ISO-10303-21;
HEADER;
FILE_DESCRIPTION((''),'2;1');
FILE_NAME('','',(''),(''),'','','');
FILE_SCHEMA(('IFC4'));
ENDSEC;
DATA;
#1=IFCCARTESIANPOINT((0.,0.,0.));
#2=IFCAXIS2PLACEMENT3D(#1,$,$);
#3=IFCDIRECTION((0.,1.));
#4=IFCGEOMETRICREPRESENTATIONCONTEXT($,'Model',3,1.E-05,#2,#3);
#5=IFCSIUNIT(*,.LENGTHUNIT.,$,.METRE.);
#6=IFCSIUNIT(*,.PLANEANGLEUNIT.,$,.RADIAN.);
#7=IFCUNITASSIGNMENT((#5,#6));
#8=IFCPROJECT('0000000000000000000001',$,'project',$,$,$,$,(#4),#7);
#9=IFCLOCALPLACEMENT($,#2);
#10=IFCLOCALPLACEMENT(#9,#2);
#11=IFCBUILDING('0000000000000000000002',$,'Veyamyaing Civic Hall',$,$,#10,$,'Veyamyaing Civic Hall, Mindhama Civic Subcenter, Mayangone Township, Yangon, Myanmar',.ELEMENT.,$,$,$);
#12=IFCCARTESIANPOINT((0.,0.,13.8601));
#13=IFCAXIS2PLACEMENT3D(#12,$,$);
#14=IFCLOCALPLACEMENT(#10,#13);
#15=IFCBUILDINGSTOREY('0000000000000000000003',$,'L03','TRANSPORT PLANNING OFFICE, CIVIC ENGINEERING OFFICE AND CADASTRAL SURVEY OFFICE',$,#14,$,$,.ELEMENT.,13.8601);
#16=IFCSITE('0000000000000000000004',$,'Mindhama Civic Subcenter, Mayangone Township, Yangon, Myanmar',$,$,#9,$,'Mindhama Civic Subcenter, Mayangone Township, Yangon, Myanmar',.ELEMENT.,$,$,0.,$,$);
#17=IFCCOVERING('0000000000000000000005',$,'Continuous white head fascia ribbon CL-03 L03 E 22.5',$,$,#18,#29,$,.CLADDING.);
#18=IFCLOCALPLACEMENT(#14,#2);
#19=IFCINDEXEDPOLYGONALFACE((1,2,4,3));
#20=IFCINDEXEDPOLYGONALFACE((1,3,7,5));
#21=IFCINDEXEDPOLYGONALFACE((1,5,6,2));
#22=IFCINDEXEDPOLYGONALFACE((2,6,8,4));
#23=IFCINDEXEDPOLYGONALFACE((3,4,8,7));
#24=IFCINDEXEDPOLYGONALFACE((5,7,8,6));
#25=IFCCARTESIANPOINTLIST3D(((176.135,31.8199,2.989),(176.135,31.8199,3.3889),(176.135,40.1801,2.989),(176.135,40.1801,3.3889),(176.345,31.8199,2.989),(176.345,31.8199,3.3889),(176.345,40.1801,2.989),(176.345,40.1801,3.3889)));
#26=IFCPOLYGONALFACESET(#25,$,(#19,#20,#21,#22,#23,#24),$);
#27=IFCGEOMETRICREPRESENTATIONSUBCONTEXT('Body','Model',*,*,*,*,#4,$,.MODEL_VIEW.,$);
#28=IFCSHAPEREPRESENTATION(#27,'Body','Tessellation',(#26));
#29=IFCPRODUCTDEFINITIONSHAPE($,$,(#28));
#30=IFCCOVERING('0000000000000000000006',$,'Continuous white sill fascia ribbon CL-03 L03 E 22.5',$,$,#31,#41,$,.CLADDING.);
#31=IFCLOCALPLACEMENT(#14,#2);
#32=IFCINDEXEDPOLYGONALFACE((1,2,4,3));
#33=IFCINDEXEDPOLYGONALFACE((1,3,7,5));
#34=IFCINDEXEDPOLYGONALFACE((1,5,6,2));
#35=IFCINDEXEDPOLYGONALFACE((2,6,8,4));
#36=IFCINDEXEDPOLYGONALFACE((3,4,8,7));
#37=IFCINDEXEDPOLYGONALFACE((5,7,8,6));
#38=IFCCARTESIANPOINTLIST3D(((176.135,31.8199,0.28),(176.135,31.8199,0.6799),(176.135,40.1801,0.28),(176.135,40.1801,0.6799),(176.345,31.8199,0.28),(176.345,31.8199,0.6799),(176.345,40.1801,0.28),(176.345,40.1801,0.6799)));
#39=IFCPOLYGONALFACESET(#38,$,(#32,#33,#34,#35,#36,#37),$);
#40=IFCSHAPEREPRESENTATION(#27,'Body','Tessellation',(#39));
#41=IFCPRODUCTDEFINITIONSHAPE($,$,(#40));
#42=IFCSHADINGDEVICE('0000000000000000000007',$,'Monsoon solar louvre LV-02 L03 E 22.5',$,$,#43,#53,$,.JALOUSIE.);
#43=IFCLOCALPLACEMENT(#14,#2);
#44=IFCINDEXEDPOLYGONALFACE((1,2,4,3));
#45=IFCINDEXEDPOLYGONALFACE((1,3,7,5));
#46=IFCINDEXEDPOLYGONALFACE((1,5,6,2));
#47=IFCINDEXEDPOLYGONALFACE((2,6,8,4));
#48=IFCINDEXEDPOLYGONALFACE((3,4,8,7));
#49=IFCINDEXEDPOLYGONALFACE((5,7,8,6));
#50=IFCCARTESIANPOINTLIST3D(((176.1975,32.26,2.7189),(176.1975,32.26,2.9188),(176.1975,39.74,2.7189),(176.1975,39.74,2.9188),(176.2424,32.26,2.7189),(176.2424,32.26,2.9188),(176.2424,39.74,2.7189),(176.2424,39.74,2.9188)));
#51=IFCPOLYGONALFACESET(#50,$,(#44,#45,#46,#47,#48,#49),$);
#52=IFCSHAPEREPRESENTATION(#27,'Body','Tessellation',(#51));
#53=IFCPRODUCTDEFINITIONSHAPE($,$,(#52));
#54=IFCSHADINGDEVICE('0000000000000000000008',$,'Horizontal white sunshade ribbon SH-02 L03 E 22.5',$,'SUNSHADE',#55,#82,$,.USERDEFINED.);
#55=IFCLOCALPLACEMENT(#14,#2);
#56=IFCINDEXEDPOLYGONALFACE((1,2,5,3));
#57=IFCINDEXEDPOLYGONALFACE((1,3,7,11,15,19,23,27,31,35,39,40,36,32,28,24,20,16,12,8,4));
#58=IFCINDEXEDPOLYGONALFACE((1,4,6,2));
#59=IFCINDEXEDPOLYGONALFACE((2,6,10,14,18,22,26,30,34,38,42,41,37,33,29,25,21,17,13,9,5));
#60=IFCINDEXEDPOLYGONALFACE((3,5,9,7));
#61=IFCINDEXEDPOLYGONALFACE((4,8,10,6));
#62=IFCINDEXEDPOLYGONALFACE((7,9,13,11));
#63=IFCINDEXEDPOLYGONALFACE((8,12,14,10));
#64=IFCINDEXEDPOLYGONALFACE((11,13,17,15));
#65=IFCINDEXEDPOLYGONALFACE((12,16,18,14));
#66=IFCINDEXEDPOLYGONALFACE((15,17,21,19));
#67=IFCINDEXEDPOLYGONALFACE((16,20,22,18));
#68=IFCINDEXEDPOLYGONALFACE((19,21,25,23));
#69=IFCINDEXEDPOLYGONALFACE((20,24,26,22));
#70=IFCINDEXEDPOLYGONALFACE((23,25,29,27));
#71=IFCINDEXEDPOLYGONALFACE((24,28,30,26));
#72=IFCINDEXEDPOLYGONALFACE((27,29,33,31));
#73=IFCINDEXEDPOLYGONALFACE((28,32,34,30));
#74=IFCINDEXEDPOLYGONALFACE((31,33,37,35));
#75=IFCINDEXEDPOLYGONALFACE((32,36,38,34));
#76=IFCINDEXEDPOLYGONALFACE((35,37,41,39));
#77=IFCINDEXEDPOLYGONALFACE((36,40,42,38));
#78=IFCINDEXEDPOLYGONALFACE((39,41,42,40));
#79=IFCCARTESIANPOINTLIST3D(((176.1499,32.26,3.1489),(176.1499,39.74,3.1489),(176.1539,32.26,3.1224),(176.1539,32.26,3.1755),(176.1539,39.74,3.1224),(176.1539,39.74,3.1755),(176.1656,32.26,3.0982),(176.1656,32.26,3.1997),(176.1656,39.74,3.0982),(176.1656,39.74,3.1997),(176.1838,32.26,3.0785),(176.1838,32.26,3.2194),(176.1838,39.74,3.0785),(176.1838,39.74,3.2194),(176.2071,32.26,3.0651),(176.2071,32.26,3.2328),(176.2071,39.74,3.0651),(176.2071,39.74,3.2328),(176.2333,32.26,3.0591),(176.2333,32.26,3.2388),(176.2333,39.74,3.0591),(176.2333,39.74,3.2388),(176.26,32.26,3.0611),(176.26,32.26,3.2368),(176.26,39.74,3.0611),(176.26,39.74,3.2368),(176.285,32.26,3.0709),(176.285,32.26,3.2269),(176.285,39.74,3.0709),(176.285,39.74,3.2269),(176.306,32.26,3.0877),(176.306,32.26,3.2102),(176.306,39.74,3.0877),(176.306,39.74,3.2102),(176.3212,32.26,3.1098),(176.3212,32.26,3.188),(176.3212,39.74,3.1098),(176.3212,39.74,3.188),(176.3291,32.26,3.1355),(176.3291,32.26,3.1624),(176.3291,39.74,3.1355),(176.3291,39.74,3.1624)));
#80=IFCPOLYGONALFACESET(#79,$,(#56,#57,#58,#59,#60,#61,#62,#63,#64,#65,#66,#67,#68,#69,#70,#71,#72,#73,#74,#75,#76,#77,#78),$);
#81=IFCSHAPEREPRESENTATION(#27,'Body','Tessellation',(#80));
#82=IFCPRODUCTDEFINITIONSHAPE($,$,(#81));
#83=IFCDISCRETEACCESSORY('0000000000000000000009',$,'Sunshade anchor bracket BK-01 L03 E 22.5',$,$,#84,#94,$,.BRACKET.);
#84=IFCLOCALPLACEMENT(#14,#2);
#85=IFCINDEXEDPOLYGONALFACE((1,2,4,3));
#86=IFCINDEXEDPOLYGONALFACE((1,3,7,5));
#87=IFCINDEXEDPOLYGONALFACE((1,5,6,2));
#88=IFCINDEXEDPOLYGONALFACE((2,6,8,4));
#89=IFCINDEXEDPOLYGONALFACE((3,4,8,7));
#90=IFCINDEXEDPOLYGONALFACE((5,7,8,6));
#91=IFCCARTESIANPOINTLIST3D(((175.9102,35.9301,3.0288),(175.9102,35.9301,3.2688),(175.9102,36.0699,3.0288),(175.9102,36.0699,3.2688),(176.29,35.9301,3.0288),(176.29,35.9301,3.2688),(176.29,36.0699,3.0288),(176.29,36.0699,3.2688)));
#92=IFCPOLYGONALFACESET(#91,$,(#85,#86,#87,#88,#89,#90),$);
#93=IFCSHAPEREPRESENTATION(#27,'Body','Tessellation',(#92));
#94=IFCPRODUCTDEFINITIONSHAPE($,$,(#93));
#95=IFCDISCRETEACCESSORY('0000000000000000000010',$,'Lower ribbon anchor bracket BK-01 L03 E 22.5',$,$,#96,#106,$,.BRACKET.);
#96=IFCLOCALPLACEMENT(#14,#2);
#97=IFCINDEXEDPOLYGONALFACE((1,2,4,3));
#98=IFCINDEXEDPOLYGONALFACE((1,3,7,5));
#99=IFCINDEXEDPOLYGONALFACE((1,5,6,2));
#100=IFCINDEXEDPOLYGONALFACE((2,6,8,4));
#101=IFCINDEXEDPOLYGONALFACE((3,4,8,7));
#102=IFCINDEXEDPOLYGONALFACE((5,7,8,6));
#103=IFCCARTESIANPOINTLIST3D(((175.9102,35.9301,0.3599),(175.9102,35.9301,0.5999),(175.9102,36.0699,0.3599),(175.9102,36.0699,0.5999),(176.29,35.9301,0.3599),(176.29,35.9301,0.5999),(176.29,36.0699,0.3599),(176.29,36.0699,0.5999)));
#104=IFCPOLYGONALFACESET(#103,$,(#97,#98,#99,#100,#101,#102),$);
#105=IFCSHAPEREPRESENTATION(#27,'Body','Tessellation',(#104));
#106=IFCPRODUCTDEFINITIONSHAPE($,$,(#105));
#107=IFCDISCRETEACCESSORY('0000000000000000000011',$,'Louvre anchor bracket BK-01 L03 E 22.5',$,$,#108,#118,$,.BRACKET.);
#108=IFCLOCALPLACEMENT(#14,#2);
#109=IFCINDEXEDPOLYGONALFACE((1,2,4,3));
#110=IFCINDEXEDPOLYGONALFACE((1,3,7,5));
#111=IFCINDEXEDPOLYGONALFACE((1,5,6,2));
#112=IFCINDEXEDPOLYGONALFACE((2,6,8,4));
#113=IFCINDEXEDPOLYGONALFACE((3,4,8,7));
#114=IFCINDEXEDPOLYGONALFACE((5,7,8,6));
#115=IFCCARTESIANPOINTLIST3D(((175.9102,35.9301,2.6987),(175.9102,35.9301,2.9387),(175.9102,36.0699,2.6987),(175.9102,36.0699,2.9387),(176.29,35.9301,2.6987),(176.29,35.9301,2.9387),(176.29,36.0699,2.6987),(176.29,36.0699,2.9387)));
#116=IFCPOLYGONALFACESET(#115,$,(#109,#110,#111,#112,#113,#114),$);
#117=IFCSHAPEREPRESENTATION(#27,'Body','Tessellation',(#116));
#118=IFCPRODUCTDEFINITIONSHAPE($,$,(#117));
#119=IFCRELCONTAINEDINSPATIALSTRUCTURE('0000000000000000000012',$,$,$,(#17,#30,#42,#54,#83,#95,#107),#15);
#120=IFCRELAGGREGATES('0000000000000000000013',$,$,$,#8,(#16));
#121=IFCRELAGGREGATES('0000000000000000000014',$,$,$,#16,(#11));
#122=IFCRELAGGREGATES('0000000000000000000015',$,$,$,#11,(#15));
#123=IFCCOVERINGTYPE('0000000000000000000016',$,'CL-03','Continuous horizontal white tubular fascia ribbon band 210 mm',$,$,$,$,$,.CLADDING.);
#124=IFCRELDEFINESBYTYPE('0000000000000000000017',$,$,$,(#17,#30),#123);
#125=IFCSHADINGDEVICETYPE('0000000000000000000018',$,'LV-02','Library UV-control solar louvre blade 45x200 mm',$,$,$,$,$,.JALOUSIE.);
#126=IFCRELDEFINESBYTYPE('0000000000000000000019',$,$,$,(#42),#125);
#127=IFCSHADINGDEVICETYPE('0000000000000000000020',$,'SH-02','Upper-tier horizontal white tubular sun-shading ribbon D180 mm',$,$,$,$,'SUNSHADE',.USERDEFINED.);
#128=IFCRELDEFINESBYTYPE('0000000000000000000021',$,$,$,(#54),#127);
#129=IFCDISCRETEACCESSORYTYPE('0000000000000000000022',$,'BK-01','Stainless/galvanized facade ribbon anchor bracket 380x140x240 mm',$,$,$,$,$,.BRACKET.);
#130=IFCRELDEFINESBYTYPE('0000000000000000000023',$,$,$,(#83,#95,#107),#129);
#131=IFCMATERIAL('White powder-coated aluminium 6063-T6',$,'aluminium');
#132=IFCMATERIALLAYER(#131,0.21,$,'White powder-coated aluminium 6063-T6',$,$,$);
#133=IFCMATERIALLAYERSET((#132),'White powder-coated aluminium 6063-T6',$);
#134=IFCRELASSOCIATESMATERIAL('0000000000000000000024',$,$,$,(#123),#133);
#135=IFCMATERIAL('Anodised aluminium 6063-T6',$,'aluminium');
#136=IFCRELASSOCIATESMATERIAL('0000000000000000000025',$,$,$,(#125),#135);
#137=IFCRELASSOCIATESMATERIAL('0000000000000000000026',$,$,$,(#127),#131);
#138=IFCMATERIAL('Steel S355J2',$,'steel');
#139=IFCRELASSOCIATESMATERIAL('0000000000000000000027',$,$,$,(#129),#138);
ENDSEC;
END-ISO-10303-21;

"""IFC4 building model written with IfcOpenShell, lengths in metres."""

from ifc_helpers import new_model, si_unit, direction, frame, origin, origin_2d, place, context, subcontext, project, spatial, rectangle, circle, extrude, material, layer, layer_set, material_profile, profile_set, type_object, element, save


model = new_model("IFC4")

# Units and contexts
model_context = context("Model", 3, precision=1e-05, world=origin(), true_north=direction((0.0, 1.0)))
body_context = subcontext(model_context, "Body", "Model", "MODEL_VIEW")
ifc_project = project(units=[si_unit("LENGTHUNIT", "METRE"), si_unit("PLANEANGLEUNIT", "RADIAN")], contexts=[model_context])

# Site, building, storey
site_placement = place(None, origin())
site = spatial("IfcSite", under=ifc_project, at=site_placement, Name="Mindhama Civic Subcenter, Mayangone Township, Yangon, Myanmar", LongName="Mindhama Civic Subcenter, Mayangone Township, Yangon, Myanmar", CompositionType="ELEMENT", RefElevation=0.0)
building_placement = place(site_placement, origin())
building = spatial("IfcBuilding", under=site, at=building_placement, Name="Veyamyaing Civic Hall", LongName="Veyamyaing Civic Hall, Mindhama Civic Subcenter, Mayangone Township, Yangon, Myanmar", CompositionType="ELEMENT")
storey_placement = place(building_placement, frame((0.0, 0.0, 13.8601)))
storey = spatial("IfcBuildingStorey", under=building, at=storey_placement, Name="L03", Description="TRANSPORT PLANNING OFFICE, CIVIC ENGINEERING OFFICE AND CADASTRAL SURVEY OFFICE", CompositionType="ELEMENT", Elevation=13.8601)

# Shared definitions
ifc_material_1 = material(Name="Steel S355J2", Category="steel")

# Coverings
ifc_material_2 = material(Name="White powder-coated aluminium 6063-T6", Category="aluminium")
ifc_layer_1 = layer(ifc_material_2, 0.21, Name="White powder-coated aluminium 6063-T6")
ifc_layer_set_1 = layer_set([ifc_layer_1], Name="White powder-coated aluminium 6063-T6")
covering_type_1 = type_object("IfcCoveringType", Name="CL-03", Description="Continuous horizontal white tubular fascia ribbon band 210 mm", PredefinedType="CLADDING", material=ifc_layer_set_1)
for number, where, z_axis, x_axis, name in (
    (1, (176.24, 36.0, 2.989), (0.0, 0.0, 1.0), (0.0, 1.0, 0.0), "Continuous white head fascia ribbon CL-03 L03 E 22.5"),
    (2, (176.24, 36.0, 0.28), (0.0, 0.0, 1.0), (0.0, 1.0, 0.0), "Continuous white sill fascia ribbon CL-03 L03 E 22.5"),
):
    element("IfcCovering", number, at=place(storey_placement, frame(where, z_axis=z_axis, x_axis=x_axis)), inside=storey, type_object=covering_type_1, Name=name, PredefinedType="CLADDING", context=body_context, shape_type="SweptSolid", body=[
        extrude(rectangle(XDim=8.3601, YDim=0.21, at=origin_2d()), origin(), (0.0, 0.0, 1.0), 0.3999),
    ])

# Shading devices
ifc_material_3 = material(Name="Anodised aluminium 6063-T6", Category="aluminium")
ifc_material_profile_1 = material_profile(ifc_material_3, rectangle(XDim=0.0449, YDim=0.2, at=origin_2d()), Name="LOUVRE-BLADE-45X200")
ifc_profile_set_1 = profile_set([ifc_material_profile_1], Name="Anodised aluminium 6063-T6")
shading_device_type_1 = type_object("IfcShadingDeviceType", Name="LV-02", Description="Library UV-control solar louvre blade 45x200 mm", PredefinedType="JALOUSIE", material=ifc_profile_set_1)
shading_device_1_placement = place(storey_placement, frame((176.22, 32.26, 2.8188), z_axis=(0.0, 1.0, 0.0), x_axis=(-1.0, 0.0, 0.0)))
element("IfcShadingDevice", 3, at=shading_device_1_placement, inside=storey, type_object=shading_device_type_1, Name="Monsoon solar louvre LV-02 L03 E 22.5", PredefinedType="JALOUSIE", context=body_context, shape_type="SweptSolid", body=[
    extrude(rectangle(XDim=0.0449, YDim=0.2, at=origin_2d()), origin(), (0.0, 0.0, 1.0), 7.48),
])
ifc_material_profile_2 = material_profile(ifc_material_2, circle(Radius=0.0901, at=origin_2d()), Name="SHADE-TUBE-180")
ifc_profile_set_2 = profile_set([ifc_material_profile_2], Name="White powder-coated aluminium 6063-T6")
shading_device_type_2 = type_object("IfcShadingDeviceType", Name="SH-02", Description="Upper-tier horizontal white tubular sun-shading ribbon D180 mm", ElementType="SUNSHADE", PredefinedType="USERDEFINED", material=ifc_profile_set_2)
shading_device_2_placement = place(storey_placement, frame((176.24, 32.26, 3.1489), z_axis=(0.0, 1.0, 0.0), x_axis=(-1.0, 0.0, 0.0)))
element("IfcShadingDevice", 4, at=shading_device_2_placement, inside=storey, type_object=shading_device_type_2, Name="Horizontal white sunshade ribbon SH-02 L03 E 22.5", ObjectType="SUNSHADE", PredefinedType="USERDEFINED", context=body_context, shape_type="SweptSolid", body=[
    extrude(circle(Radius=0.0901, at=origin_2d()), origin(), (0.0, 0.0, 1.0), 7.48),
])

# Discrete accessories
discrete_accessory_type = type_object("IfcDiscreteAccessoryType", Name="BK-01", Description="Stainless/galvanized facade ribbon anchor bracket 380x140x240 mm", PredefinedType="BRACKET", material=ifc_material_1)
for number, where, z_axis, x_axis, name in (
    (5, (176.1001, 36.0, 3.0288), (0.0, 0.0, 1.0), (1.0, 0.0, 0.0), "Sunshade anchor bracket BK-01 L03 E 22.5"),
    (6, (176.1001, 36.0, 0.3599), (0.0, 0.0, 1.0), (1.0, 0.0, 0.0), "Lower ribbon anchor bracket BK-01 L03 E 22.5"),
    (7, (176.1001, 36.0, 2.6987), (0.0, 0.0, 1.0), (1.0, 0.0, 0.0), "Louvre anchor bracket BK-01 L03 E 22.5"),
):
    element("IfcDiscreteAccessory", number, at=place(storey_placement, frame(where, z_axis=z_axis, x_axis=x_axis)), inside=storey, type_object=discrete_accessory_type, Name=name, PredefinedType="BRACKET", context=body_context, shape_type="SweptSolid", body=[
        extrude(rectangle(XDim=0.3799, YDim=0.1399, at=origin_2d()), origin(), (0.0, 0.0, 1.0), 0.24),
    ])

save(model, "model.ifc")
